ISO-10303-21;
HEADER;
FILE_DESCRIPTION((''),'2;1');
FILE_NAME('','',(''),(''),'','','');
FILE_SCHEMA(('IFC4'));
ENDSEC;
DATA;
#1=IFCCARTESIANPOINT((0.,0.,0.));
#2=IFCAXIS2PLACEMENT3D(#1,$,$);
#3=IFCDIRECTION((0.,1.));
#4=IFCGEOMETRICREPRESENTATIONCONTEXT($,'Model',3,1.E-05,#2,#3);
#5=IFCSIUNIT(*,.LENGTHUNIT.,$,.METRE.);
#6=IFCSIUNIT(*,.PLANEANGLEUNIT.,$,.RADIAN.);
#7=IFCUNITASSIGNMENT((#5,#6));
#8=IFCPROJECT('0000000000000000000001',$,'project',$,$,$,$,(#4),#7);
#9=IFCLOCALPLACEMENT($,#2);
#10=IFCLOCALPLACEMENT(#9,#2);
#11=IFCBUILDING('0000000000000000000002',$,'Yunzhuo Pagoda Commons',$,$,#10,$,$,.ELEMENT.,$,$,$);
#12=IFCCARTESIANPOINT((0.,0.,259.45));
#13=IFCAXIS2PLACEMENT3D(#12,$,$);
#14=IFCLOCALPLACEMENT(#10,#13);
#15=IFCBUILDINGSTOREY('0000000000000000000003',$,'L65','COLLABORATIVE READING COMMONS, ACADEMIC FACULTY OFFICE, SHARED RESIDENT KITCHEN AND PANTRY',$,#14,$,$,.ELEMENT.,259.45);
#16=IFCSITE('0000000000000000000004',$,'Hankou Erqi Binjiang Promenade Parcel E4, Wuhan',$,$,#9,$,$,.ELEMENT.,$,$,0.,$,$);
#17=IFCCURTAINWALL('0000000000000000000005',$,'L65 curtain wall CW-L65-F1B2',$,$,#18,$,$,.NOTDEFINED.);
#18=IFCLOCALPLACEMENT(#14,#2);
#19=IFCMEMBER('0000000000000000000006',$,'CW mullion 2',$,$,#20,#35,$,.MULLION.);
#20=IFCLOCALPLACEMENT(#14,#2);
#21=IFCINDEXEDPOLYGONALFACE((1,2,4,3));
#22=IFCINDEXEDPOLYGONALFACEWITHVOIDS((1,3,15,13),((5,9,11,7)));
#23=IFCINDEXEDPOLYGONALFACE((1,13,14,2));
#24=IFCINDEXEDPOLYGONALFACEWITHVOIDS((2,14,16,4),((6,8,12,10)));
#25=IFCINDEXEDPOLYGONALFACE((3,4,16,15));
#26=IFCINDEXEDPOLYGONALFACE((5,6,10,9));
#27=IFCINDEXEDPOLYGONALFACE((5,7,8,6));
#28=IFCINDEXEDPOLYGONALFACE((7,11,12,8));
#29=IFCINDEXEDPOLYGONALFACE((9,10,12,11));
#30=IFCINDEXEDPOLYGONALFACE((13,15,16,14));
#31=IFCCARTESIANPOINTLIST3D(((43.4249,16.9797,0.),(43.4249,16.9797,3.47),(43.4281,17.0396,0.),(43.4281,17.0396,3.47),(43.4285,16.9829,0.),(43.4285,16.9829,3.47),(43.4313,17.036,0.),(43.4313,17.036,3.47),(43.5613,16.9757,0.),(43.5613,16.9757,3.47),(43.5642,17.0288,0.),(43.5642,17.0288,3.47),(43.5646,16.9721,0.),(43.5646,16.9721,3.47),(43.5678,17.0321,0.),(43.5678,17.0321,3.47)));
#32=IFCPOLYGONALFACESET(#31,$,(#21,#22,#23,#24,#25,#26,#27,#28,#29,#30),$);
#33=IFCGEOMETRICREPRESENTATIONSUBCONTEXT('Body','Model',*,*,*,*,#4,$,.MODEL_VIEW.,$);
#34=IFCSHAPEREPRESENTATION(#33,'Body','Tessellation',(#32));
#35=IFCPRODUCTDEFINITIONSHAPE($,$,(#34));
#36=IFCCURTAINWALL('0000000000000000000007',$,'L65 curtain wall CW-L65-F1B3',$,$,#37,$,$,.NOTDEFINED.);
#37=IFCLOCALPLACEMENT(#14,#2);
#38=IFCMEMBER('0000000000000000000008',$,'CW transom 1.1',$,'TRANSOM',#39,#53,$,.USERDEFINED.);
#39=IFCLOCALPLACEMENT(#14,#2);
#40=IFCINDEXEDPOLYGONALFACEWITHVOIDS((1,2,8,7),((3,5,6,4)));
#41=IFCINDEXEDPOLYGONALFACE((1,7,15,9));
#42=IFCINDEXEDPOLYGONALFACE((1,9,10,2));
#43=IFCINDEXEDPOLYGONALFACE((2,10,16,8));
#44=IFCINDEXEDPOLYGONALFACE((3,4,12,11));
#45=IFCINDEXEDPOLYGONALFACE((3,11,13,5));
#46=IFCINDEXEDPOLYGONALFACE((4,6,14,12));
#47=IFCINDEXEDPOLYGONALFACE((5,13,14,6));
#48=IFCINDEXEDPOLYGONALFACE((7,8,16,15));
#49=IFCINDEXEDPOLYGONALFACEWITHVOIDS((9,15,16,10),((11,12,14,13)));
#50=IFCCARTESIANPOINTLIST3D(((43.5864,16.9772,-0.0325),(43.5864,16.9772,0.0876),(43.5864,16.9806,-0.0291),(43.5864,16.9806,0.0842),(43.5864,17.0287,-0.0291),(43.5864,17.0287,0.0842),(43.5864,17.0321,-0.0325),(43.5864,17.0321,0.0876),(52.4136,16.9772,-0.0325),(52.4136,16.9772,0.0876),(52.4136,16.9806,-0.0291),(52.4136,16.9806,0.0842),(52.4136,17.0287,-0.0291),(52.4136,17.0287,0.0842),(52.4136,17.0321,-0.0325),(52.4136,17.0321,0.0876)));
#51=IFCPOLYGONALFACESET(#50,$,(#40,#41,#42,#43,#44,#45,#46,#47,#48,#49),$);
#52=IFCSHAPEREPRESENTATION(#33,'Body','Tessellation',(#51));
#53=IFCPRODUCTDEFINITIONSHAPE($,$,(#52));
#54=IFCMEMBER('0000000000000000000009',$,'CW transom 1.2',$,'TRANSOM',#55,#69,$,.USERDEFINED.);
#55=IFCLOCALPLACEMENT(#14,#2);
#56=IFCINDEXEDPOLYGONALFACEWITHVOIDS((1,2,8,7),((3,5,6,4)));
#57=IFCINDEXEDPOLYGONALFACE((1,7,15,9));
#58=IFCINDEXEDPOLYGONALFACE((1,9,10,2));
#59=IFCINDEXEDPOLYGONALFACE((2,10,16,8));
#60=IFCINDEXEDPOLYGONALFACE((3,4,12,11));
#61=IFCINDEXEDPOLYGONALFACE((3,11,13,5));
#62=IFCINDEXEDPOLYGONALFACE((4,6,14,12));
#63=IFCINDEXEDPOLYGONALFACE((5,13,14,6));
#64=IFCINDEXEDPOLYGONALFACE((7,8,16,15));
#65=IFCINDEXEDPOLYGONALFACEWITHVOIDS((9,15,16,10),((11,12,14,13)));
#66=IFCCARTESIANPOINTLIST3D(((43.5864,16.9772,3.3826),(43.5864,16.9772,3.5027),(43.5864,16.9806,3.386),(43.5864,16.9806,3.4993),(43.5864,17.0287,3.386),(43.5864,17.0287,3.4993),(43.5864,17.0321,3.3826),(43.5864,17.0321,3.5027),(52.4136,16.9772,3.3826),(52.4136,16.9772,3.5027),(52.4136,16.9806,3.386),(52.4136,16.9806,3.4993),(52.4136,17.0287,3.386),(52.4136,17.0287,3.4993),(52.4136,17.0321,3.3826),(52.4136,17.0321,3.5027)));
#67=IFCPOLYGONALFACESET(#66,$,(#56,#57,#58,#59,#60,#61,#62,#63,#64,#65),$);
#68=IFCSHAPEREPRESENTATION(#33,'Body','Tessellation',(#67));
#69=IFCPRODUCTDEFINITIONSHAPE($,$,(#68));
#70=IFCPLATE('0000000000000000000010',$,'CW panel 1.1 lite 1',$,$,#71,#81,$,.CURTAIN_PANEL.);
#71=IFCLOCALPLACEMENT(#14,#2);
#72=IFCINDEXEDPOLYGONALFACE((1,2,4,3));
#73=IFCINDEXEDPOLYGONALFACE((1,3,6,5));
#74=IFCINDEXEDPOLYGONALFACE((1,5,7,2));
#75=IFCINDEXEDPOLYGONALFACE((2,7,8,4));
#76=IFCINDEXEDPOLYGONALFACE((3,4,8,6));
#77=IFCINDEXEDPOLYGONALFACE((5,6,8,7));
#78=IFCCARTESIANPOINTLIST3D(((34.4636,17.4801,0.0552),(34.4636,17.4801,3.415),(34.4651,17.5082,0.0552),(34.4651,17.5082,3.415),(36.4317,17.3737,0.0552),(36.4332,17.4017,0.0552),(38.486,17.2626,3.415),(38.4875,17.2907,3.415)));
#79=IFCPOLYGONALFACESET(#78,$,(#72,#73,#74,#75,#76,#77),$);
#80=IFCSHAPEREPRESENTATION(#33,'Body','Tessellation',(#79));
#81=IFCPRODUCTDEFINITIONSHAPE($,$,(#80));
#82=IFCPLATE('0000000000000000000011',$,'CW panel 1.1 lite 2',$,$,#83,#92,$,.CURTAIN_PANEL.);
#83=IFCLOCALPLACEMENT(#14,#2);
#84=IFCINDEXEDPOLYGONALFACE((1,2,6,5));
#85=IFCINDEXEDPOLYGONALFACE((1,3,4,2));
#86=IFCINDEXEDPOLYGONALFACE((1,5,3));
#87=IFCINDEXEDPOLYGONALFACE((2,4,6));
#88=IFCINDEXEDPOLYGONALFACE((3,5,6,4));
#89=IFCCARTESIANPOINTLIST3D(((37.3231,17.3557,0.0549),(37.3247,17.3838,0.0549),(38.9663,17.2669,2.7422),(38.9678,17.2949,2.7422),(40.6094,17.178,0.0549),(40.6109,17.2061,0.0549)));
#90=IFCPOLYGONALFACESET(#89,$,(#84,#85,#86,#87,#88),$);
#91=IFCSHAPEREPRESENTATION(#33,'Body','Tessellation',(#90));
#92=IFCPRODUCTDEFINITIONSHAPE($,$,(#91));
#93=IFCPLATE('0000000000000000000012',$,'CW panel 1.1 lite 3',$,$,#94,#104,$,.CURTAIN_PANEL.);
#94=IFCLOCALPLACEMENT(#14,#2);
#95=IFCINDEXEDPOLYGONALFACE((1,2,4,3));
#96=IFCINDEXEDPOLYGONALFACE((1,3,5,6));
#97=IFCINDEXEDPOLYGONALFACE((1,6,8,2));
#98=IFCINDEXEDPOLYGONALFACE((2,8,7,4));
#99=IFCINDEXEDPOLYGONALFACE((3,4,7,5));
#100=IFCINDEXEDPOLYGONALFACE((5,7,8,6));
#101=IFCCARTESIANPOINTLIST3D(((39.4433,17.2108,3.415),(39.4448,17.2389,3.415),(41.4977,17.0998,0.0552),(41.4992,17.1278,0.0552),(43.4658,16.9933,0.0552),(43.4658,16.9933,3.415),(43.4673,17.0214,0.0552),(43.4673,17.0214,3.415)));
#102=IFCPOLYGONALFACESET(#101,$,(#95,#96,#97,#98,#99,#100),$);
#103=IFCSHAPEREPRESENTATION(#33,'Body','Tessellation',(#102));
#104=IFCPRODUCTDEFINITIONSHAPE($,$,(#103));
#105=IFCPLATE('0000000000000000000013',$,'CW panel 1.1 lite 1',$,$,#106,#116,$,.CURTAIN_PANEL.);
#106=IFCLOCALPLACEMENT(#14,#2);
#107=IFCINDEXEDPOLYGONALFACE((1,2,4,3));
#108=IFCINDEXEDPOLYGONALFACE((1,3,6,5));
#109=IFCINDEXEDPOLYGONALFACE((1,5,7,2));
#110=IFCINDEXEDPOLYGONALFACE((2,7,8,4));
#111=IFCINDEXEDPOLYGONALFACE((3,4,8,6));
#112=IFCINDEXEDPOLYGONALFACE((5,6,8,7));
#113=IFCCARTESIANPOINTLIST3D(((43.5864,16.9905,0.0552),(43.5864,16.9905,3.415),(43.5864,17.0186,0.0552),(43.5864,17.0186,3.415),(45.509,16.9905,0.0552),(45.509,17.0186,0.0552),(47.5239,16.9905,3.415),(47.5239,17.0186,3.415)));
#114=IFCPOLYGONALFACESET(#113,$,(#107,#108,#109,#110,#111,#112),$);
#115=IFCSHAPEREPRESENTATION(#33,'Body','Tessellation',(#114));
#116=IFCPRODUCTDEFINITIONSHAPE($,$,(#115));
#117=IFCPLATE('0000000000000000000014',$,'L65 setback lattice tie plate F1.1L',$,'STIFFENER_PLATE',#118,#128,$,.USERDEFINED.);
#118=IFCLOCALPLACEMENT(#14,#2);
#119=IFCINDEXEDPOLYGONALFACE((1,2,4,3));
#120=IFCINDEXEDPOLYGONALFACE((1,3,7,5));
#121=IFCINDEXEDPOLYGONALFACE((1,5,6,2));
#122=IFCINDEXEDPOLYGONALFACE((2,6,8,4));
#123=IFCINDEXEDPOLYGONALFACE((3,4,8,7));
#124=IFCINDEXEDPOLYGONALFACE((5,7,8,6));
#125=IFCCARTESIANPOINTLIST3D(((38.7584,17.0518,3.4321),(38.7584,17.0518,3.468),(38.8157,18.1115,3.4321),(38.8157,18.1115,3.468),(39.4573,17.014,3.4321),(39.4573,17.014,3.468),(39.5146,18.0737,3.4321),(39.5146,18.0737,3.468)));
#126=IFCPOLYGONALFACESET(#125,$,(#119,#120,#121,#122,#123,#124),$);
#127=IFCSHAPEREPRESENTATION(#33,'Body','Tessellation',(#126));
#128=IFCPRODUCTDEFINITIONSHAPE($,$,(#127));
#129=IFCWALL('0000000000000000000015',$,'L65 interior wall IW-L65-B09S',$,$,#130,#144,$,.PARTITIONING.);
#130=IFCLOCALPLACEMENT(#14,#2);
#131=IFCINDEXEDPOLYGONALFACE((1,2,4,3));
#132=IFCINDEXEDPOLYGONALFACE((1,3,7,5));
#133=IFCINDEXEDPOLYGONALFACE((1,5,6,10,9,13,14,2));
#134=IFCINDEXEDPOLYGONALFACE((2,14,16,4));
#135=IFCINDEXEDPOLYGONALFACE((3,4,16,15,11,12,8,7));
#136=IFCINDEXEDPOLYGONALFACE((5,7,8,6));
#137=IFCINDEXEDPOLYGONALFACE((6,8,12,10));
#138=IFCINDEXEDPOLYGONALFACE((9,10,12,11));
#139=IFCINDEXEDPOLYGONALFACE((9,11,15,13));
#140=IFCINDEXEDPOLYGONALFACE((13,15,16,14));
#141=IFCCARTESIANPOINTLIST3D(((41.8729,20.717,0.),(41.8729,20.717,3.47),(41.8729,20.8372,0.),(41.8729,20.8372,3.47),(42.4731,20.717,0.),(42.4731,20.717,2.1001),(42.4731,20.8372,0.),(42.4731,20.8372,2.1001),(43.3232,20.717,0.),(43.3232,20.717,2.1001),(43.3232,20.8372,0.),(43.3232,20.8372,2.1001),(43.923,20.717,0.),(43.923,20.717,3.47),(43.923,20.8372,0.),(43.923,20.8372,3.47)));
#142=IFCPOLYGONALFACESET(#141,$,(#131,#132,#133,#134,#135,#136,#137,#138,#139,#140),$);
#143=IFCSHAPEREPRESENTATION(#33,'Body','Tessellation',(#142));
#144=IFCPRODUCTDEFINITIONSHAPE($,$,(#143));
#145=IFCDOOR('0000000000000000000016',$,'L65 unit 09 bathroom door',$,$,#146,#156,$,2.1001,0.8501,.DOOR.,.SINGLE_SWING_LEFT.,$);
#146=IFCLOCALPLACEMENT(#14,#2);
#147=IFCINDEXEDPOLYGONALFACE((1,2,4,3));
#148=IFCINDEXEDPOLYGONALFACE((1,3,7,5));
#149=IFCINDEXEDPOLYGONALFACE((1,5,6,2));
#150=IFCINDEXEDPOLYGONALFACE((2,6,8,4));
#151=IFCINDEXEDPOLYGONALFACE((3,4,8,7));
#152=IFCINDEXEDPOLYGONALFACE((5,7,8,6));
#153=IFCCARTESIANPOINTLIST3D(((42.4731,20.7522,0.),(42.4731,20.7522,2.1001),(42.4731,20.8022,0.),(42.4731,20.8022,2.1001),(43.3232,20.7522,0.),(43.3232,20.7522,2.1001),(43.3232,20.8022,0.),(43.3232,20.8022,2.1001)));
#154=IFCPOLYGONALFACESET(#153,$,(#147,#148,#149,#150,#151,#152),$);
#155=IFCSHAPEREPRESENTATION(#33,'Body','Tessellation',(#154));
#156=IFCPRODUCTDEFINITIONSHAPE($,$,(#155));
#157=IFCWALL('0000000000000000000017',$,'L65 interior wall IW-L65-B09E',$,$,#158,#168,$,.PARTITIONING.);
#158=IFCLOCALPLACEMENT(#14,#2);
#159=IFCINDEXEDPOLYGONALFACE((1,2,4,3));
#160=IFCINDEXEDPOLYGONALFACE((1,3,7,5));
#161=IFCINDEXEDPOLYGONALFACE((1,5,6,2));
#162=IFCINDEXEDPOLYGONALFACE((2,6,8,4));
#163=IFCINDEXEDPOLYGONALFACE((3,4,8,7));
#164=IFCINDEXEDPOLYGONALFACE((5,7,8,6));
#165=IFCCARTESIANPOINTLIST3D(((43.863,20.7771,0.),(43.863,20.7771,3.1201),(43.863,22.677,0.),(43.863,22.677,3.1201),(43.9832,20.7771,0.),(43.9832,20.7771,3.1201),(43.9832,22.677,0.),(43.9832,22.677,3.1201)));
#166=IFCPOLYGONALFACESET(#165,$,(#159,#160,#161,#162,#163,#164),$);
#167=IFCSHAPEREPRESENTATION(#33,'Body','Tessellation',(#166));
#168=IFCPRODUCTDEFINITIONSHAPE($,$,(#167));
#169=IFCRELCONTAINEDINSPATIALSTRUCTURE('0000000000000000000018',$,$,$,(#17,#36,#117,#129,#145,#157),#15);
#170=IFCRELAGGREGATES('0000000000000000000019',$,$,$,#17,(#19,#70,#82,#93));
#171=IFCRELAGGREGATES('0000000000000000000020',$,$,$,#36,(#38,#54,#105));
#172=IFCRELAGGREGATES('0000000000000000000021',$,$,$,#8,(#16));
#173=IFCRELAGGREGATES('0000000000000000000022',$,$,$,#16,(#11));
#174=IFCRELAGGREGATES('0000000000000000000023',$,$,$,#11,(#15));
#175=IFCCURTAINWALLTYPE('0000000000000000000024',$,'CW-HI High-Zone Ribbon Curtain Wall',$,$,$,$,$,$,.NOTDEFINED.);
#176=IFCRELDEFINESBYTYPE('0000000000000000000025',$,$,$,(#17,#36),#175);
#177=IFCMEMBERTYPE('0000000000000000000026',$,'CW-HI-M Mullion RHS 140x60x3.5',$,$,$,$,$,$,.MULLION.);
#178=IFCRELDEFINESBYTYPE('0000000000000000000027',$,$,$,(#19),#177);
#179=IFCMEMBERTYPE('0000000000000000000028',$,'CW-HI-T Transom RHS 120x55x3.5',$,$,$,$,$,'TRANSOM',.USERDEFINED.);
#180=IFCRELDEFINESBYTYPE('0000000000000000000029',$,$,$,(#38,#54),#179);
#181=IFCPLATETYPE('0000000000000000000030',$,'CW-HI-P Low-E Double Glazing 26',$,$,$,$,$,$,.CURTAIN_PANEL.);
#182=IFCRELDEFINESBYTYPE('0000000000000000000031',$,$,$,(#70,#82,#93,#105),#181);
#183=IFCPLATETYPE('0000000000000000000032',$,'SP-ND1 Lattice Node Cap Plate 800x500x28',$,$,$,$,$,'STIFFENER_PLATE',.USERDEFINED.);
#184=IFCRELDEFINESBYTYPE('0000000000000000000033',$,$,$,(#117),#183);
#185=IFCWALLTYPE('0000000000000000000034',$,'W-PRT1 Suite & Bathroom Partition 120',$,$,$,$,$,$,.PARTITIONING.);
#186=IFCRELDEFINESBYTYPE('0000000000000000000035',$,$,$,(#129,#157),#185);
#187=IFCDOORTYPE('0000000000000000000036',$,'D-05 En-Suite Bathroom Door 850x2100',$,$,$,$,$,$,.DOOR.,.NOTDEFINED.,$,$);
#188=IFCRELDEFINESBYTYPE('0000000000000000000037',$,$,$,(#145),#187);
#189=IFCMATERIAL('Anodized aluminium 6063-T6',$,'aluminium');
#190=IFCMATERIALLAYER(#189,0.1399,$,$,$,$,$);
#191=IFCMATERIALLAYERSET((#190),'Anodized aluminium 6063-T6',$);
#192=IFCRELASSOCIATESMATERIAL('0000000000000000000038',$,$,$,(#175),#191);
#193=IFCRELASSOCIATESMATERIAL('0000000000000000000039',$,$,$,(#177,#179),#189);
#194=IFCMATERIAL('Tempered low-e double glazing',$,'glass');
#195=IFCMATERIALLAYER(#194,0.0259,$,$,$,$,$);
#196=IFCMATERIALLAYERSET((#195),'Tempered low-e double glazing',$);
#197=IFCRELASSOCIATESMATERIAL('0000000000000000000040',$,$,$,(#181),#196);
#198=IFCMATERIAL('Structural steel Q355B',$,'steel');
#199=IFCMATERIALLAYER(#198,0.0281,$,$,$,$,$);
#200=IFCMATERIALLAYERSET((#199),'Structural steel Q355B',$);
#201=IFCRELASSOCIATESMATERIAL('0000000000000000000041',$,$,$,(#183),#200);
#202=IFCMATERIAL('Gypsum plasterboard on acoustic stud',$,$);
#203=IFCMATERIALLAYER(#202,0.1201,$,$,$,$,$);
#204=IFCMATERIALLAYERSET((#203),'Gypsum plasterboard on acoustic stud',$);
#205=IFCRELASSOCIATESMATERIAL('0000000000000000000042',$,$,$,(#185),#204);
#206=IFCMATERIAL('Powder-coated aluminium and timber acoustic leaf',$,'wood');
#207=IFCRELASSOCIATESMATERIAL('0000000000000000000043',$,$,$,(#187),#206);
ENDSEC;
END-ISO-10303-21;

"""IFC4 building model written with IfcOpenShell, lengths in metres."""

from ifc_helpers import new_model, si_unit, direction, frame, frame_2d, origin, origin_2d, place, context, subcontext, project, spatial, polyline, rectangle, hollow_rectangle, outline, extrude, source, transform, mapped, material, layer, layer_set, material_profile, profile_set, type_object, element, fill, aggregate, save


model = new_model("IFC4")

# Units and contexts
model_context = context("Model", 3, precision=1e-05, world=origin(), true_north=direction((0.0, 1.0)))
body_context = subcontext(model_context, "Body", "Model", "MODEL_VIEW")
ifc_project = project(units=[si_unit("LENGTHUNIT", "METRE"), si_unit("PLANEANGLEUNIT", "RADIAN")], contexts=[model_context])

# Site, building, storey
site_placement = place(None, origin())
site = spatial("IfcSite", under=ifc_project, at=site_placement, Name="Hankou Erqi Binjiang Promenade Parcel E4, Wuhan", CompositionType="ELEMENT", RefElevation=0.0)
building_placement = place(site_placement, origin())
building = spatial("IfcBuilding", under=site, at=building_placement, Name="Yunzhuo Pagoda Commons", CompositionType="ELEMENT")
storey_placement = place(building_placement, frame((0.0, 0.0, 259.45)))
storey = spatial("IfcBuildingStorey", under=building, at=storey_placement, Name="L65", Description="COLLABORATIVE READING COMMONS, ACADEMIC FACULTY OFFICE, SHARED RESIDENT KITCHEN AND PANTRY", CompositionType="ELEMENT", Elevation=259.45)

# Shared definitions
ifc_material_1 = material(Name="Structural steel Q355B", Category="steel")

# Curtain wall, member
ifc_material_2 = material(Name="Anodized aluminium 6063-T6", Category="aluminium")
ifc_layer_1 = layer(ifc_material_2, 0.1399)
ifc_layer_set_1 = layer_set([ifc_layer_1], Name="Anodized aluminium 6063-T6")
curtain_wall_type = type_object("IfcCurtainWallType", Name="CW-HI High-Zone Ribbon Curtain Wall", PredefinedType="NOTDEFINED", material=ifc_layer_set_1)
curtain_wall_1_placement = place(storey_placement, origin())
curtain_wall_1 = element("IfcCurtainWall", 1, at=curtain_wall_1_placement, inside=storey, type_object=curtain_wall_type, Name="L65 curtain wall CW-L65-F1B2", PredefinedType="NOTDEFINED")
ifc_material_profile_1 = material_profile(ifc_material_2, hollow_rectangle(XDim=0.0601, YDim=0.1399, WallThickness=0.0034, at=origin_2d()), Name="Anodized aluminium 6063-T6")
ifc_profile_set_1 = profile_set([ifc_material_profile_1], Name="Anodized aluminium 6063-T6")
member_type_1 = type_object("IfcMemberType", Name="CW-HI-M Mullion RHS 140x60x3.5", PredefinedType="MULLION", material=ifc_profile_set_1)
shared_shape_1 = source(origin(), body_context, "Body", "SweptSolid", [
    extrude(hollow_rectangle(XDim=0.0601, YDim=0.1399, WallThickness=0.0034, at=origin_2d()), origin(), (0.0, 0.0, 1.0), 3.47),
])
member_1_placement = place(storey_placement, frame((43.4963, 17.0059, 0.0), z_axis=(0.0, 0.0, 1.0), x_axis=(0.053989, 0.998542, 0.0)))
member_1 = element("IfcMember", 2, at=member_1_placement, type_object=member_type_1, Name="CW mullion 2", PredefinedType="MULLION", context=body_context, shape_type="MappedRepresentation", body=[
    mapped(shared_shape_1, transform((0.0, 0.0, 0.0), scale=1.0)),
])

# Curtain wall, members
curtain_wall_2_placement = place(storey_placement, origin())
curtain_wall_2 = element("IfcCurtainWall", 3, at=curtain_wall_2_placement, inside=storey, type_object=curtain_wall_type, Name="L65 curtain wall CW-L65-F1B3", PredefinedType="NOTDEFINED")
ifc_material_profile_2 = material_profile(ifc_material_2, hollow_rectangle(XDim=0.0549, YDim=0.1201, WallThickness=0.0034, at=origin_2d()), Name="Anodized aluminium 6063-T6")
ifc_profile_set_2 = profile_set([ifc_material_profile_2], Name="Anodized aluminium 6063-T6")
member_type_2 = type_object("IfcMemberType", Name="CW-HI-T Transom RHS 120x55x3.5", ElementType="TRANSOM", PredefinedType="USERDEFINED", material=ifc_profile_set_2)
shared_shape_2 = source(origin(), body_context, "Body", "SweptSolid", [
    extrude(hollow_rectangle(XDim=0.0549, YDim=0.1201, WallThickness=0.0034, at=origin_2d()), origin(), (0.0, 0.0, 1.0), 8.8271),
])
member_2_placement = place(storey_placement, frame((43.5864, 17.0046, 0.0276), z_axis=(1.0, 0.0, 0.0), x_axis=(0.0, 1.0, 0.0)))
member_2 = element("IfcMember", 4, at=member_2_placement, type_object=member_type_2, Name="CW transom 1.1", ObjectType="TRANSOM", PredefinedType="USERDEFINED", context=body_context, shape_type="MappedRepresentation", body=[
    mapped(shared_shape_2, transform((0.0, 0.0, 0.0), scale=1.0)),
])
member_3_placement = place(storey_placement, frame((43.5864, 17.0046, 3.4426), z_axis=(1.0, 0.0, 0.0), x_axis=(0.0, 1.0, 0.0)))
member_3 = element("IfcMember", 5, at=member_3_placement, type_object=member_type_2, Name="CW transom 1.2", ObjectType="TRANSOM", PredefinedType="USERDEFINED", context=body_context, shape_type="MappedRepresentation", body=[
    mapped(shared_shape_2, transform((0.0, 0.0, 0.0), scale=1.0)),
])

# Plates
ifc_material_3 = material(Name="Tempered low-e double glazing", Category="glass")
ifc_layer_2 = layer(ifc_material_3, 0.0259)
ifc_layer_set_2 = layer_set([ifc_layer_2], Name="Tempered low-e double glazing")
plate_type_1 = type_object("IfcPlateType", Name="CW-HI-P Low-E Double Glazing 26", PredefinedType="CURTAIN_PANEL", material=ifc_layer_set_2)
plate_1_placement = place(storey_placement, frame((36.4763, 17.3994, 1.7351), z_axis=(-0.053989, -0.998542, 0.0), x_axis=(0.998542, -0.053989, 0.0)))
plate_1 = element("IfcPlate", 6, at=plate_1_placement, type_object=plate_type_1, Name="CW panel 1.1 lite 1", PredefinedType="CURTAIN_PANEL", context=body_context, shape_type="SweptSolid", body=[
    extrude(outline(polyline([(-2.0142, -1.6799), (-0.0432, -1.6799), (2.0142, 1.6799), (-2.0142, 1.6799), (-2.0142, -1.6799)])), origin(), (0.0, 0.0, 1.0), 0.0281),
])
plate_2_placement = place(storey_placement, frame((38.9678, 17.2949, 1.3987), z_axis=(-0.053989, -0.998542, 0.0), x_axis=(0.998542, -0.053989, 0.0)))
plate_2 = element("IfcPlate", 7, at=plate_2_placement, type_object=plate_type_1, Name="CW panel 1.1 lite 2", PredefinedType="CURTAIN_PANEL", context=body_context, shape_type="SweptSolid", body=[
    extrude(outline(polyline([(-1.6455, -1.3438), (1.6455, -1.3438), (0.0, 1.3435), (-1.6455, -1.3438)])), origin(), (0.0, 0.0, 1.0), 0.0281),
])
plate_3_placement = place(storey_placement, frame((41.4561, 17.1301, 1.7351), z_axis=(-0.053989, -0.998542, 0.0), x_axis=(0.998542, -0.053989, 0.0)))
plate_3 = element("IfcPlate", 8, at=plate_3_placement, type_object=plate_type_1, Name="CW panel 1.1 lite 3", PredefinedType="CURTAIN_PANEL", context=body_context, shape_type="SweptSolid", body=[
    extrude(outline(polyline([(-2.0142, 1.6799), (0.0432, -1.6799), (2.0142, -1.6799), (2.0142, 1.6799), (-2.0142, 1.6799)])), origin(), (0.0, 0.0, 1.0), 0.0281),
])
aggregate(curtain_wall_1, [member_1, plate_1, plate_2, plate_3])
plate_4_placement = place(storey_placement, frame((45.5552, 17.0186, 1.7351), z_axis=(0.0, -1.0, 0.0), x_axis=(1.0, 0.0, 0.0)))
plate_4 = element("IfcPlate", 9, at=plate_4_placement, type_object=plate_type_1, Name="CW panel 1.1 lite 1", PredefinedType="CURTAIN_PANEL", context=body_context, shape_type="SweptSolid", body=[
    extrude(outline(polyline([(-1.9688, -1.6799), (-0.0461, -1.6799), (1.9688, 1.6799), (-1.9688, 1.6799), (-1.9688, -1.6799)])), origin(), (0.0, 0.0, 1.0), 0.0281),
])
aggregate(curtain_wall_2, [member_2, member_3, plate_4])
ifc_layer_3 = layer(ifc_material_1, 0.0281)
ifc_layer_set_3 = layer_set([ifc_layer_3], Name="Structural steel Q355B")
plate_type_2 = type_object("IfcPlateType", Name="SP-ND1 Lattice Node Cap Plate 800x500x28", ElementType="STIFFENER_PLATE", PredefinedType="USERDEFINED", material=ifc_layer_set_3)
shared_shape_3 = source(origin(), body_context, "Body", "SweptSolid", [
    extrude(rectangle(XDim=0.7, YDim=1.0613, at=origin_2d()), origin(), (0.0, 0.0, 1.0), 0.0359),
])
plate_5_placement = place(storey_placement, frame((39.1365, 17.5627, 3.4321), z_axis=(0.0, 0.0, 1.0), x_axis=(0.998541, -0.053992, 0.0)))
element("IfcPlate", 10, at=plate_5_placement, inside=storey, type_object=plate_type_2, Name="L65 setback lattice tie plate F1.1L", ObjectType="STIFFENER_PLATE", PredefinedType="USERDEFINED", context=body_context, shape_type="MappedRepresentation", body=[
    mapped(shared_shape_3, transform((0.0, 0.0, 0.0), scale=1.0)),
])

# Wall, opening, door
ifc_material_4 = material(Name="Gypsum plasterboard on acoustic stud")
ifc_layer_4 = layer(ifc_material_4, 0.1201)
ifc_layer_set_4 = layer_set([ifc_layer_4], Name="Gypsum plasterboard on acoustic stud")
wall_type = type_object("IfcWallType", Name="W-PRT1 Suite & Bathroom Partition 120", PredefinedType="PARTITIONING", material=ifc_layer_set_4)
wall_1_placement = place(storey_placement, frame((41.873, 20.7771, 0.0), z_axis=(0.0, 0.0, 1.0), x_axis=(1.0, 0.0, 0.0)))
wall_1 = element("IfcWall", 11, at=wall_1_placement, inside=storey, type_object=wall_type, Name="L65 interior wall IW-L65-B09S", PredefinedType="PARTITIONING", context=body_context, shape_type="SweptSolid", body=[
    extrude(rectangle(XDim=2.05, YDim=0.1201, at=frame_2d((1.0249, 0.0))), origin(), (0.0, 0.0, 1.0), 3.47),
])
opening_placement = place(wall_1_placement, frame((0.6001, 0.0, 0.0)))
opening = element("IfcOpeningElement", 12, at=opening_placement, cuts=wall_1, PredefinedType="OPENING", context=body_context, shape_type="SweptSolid", body=[
    extrude(rectangle(XDim=0.8501, YDim=2.1001, at=frame_2d((0.425, 1.05))), frame((0.0, 0.0701, 0.0), z_axis=(0.0, -1.0, 0.0), x_axis=(1.0, 0.0, 0.0)), (0.0, 0.0, 1.0), 0.1401),
])
ifc_material_5 = material(Name="Powder-coated aluminium and timber acoustic leaf", Category="wood")
door_type = type_object("IfcDoorType", Name="D-05 En-Suite Bathroom Door 850x2100", OperationType="NOTDEFINED", PredefinedType="DOOR", material=ifc_material_5)
shared_shape_4 = source(origin(), body_context, "Body", "SweptSolid", [
    extrude(rectangle(XDim=0.8501, YDim=2.1001, at=frame_2d((0.425, 1.05))), frame((0.0, 0.0249, 0.0), z_axis=(0.0, -1.0, 0.0), x_axis=(1.0, 0.0, 0.0)), (0.0, 0.0, 1.0), 0.05),
])
door_placement = place(opening_placement, frame((0.8501, 0.0, 0.0), z_axis=(0.0, 0.0, 1.0), x_axis=(-1.0, 0.0, 0.0)))
door = element("IfcDoor", 13, at=door_placement, inside=storey, type_object=door_type, Name="L65 unit 09 bathroom door", OperationType="SINGLE_SWING_LEFT", OverallHeight=2.1001, OverallWidth=0.8501, PredefinedType="DOOR", context=body_context, shape_type="MappedRepresentation", body=[
    mapped(shared_shape_4, transform((0.0, 0.0, 0.0), scale=1.0)),
])
fill(opening, door)

# Wall
wall_2_placement = place(storey_placement, frame((43.9231, 20.7771, 0.0), z_axis=(0.0, 0.0, 1.0), x_axis=(0.0, 1.0, 0.0)))
element("IfcWall", 14, at=wall_2_placement, inside=storey, type_object=wall_type, Name="L65 interior wall IW-L65-B09E", PredefinedType="PARTITIONING", context=body_context, shape_type="SweptSolid", body=[
    extrude(rectangle(XDim=1.8999, YDim=0.1201, at=frame_2d((0.95, 0.0))), origin(), (0.0, 0.0, 1.0), 3.1201),
])

save(model, "model.ifc")
